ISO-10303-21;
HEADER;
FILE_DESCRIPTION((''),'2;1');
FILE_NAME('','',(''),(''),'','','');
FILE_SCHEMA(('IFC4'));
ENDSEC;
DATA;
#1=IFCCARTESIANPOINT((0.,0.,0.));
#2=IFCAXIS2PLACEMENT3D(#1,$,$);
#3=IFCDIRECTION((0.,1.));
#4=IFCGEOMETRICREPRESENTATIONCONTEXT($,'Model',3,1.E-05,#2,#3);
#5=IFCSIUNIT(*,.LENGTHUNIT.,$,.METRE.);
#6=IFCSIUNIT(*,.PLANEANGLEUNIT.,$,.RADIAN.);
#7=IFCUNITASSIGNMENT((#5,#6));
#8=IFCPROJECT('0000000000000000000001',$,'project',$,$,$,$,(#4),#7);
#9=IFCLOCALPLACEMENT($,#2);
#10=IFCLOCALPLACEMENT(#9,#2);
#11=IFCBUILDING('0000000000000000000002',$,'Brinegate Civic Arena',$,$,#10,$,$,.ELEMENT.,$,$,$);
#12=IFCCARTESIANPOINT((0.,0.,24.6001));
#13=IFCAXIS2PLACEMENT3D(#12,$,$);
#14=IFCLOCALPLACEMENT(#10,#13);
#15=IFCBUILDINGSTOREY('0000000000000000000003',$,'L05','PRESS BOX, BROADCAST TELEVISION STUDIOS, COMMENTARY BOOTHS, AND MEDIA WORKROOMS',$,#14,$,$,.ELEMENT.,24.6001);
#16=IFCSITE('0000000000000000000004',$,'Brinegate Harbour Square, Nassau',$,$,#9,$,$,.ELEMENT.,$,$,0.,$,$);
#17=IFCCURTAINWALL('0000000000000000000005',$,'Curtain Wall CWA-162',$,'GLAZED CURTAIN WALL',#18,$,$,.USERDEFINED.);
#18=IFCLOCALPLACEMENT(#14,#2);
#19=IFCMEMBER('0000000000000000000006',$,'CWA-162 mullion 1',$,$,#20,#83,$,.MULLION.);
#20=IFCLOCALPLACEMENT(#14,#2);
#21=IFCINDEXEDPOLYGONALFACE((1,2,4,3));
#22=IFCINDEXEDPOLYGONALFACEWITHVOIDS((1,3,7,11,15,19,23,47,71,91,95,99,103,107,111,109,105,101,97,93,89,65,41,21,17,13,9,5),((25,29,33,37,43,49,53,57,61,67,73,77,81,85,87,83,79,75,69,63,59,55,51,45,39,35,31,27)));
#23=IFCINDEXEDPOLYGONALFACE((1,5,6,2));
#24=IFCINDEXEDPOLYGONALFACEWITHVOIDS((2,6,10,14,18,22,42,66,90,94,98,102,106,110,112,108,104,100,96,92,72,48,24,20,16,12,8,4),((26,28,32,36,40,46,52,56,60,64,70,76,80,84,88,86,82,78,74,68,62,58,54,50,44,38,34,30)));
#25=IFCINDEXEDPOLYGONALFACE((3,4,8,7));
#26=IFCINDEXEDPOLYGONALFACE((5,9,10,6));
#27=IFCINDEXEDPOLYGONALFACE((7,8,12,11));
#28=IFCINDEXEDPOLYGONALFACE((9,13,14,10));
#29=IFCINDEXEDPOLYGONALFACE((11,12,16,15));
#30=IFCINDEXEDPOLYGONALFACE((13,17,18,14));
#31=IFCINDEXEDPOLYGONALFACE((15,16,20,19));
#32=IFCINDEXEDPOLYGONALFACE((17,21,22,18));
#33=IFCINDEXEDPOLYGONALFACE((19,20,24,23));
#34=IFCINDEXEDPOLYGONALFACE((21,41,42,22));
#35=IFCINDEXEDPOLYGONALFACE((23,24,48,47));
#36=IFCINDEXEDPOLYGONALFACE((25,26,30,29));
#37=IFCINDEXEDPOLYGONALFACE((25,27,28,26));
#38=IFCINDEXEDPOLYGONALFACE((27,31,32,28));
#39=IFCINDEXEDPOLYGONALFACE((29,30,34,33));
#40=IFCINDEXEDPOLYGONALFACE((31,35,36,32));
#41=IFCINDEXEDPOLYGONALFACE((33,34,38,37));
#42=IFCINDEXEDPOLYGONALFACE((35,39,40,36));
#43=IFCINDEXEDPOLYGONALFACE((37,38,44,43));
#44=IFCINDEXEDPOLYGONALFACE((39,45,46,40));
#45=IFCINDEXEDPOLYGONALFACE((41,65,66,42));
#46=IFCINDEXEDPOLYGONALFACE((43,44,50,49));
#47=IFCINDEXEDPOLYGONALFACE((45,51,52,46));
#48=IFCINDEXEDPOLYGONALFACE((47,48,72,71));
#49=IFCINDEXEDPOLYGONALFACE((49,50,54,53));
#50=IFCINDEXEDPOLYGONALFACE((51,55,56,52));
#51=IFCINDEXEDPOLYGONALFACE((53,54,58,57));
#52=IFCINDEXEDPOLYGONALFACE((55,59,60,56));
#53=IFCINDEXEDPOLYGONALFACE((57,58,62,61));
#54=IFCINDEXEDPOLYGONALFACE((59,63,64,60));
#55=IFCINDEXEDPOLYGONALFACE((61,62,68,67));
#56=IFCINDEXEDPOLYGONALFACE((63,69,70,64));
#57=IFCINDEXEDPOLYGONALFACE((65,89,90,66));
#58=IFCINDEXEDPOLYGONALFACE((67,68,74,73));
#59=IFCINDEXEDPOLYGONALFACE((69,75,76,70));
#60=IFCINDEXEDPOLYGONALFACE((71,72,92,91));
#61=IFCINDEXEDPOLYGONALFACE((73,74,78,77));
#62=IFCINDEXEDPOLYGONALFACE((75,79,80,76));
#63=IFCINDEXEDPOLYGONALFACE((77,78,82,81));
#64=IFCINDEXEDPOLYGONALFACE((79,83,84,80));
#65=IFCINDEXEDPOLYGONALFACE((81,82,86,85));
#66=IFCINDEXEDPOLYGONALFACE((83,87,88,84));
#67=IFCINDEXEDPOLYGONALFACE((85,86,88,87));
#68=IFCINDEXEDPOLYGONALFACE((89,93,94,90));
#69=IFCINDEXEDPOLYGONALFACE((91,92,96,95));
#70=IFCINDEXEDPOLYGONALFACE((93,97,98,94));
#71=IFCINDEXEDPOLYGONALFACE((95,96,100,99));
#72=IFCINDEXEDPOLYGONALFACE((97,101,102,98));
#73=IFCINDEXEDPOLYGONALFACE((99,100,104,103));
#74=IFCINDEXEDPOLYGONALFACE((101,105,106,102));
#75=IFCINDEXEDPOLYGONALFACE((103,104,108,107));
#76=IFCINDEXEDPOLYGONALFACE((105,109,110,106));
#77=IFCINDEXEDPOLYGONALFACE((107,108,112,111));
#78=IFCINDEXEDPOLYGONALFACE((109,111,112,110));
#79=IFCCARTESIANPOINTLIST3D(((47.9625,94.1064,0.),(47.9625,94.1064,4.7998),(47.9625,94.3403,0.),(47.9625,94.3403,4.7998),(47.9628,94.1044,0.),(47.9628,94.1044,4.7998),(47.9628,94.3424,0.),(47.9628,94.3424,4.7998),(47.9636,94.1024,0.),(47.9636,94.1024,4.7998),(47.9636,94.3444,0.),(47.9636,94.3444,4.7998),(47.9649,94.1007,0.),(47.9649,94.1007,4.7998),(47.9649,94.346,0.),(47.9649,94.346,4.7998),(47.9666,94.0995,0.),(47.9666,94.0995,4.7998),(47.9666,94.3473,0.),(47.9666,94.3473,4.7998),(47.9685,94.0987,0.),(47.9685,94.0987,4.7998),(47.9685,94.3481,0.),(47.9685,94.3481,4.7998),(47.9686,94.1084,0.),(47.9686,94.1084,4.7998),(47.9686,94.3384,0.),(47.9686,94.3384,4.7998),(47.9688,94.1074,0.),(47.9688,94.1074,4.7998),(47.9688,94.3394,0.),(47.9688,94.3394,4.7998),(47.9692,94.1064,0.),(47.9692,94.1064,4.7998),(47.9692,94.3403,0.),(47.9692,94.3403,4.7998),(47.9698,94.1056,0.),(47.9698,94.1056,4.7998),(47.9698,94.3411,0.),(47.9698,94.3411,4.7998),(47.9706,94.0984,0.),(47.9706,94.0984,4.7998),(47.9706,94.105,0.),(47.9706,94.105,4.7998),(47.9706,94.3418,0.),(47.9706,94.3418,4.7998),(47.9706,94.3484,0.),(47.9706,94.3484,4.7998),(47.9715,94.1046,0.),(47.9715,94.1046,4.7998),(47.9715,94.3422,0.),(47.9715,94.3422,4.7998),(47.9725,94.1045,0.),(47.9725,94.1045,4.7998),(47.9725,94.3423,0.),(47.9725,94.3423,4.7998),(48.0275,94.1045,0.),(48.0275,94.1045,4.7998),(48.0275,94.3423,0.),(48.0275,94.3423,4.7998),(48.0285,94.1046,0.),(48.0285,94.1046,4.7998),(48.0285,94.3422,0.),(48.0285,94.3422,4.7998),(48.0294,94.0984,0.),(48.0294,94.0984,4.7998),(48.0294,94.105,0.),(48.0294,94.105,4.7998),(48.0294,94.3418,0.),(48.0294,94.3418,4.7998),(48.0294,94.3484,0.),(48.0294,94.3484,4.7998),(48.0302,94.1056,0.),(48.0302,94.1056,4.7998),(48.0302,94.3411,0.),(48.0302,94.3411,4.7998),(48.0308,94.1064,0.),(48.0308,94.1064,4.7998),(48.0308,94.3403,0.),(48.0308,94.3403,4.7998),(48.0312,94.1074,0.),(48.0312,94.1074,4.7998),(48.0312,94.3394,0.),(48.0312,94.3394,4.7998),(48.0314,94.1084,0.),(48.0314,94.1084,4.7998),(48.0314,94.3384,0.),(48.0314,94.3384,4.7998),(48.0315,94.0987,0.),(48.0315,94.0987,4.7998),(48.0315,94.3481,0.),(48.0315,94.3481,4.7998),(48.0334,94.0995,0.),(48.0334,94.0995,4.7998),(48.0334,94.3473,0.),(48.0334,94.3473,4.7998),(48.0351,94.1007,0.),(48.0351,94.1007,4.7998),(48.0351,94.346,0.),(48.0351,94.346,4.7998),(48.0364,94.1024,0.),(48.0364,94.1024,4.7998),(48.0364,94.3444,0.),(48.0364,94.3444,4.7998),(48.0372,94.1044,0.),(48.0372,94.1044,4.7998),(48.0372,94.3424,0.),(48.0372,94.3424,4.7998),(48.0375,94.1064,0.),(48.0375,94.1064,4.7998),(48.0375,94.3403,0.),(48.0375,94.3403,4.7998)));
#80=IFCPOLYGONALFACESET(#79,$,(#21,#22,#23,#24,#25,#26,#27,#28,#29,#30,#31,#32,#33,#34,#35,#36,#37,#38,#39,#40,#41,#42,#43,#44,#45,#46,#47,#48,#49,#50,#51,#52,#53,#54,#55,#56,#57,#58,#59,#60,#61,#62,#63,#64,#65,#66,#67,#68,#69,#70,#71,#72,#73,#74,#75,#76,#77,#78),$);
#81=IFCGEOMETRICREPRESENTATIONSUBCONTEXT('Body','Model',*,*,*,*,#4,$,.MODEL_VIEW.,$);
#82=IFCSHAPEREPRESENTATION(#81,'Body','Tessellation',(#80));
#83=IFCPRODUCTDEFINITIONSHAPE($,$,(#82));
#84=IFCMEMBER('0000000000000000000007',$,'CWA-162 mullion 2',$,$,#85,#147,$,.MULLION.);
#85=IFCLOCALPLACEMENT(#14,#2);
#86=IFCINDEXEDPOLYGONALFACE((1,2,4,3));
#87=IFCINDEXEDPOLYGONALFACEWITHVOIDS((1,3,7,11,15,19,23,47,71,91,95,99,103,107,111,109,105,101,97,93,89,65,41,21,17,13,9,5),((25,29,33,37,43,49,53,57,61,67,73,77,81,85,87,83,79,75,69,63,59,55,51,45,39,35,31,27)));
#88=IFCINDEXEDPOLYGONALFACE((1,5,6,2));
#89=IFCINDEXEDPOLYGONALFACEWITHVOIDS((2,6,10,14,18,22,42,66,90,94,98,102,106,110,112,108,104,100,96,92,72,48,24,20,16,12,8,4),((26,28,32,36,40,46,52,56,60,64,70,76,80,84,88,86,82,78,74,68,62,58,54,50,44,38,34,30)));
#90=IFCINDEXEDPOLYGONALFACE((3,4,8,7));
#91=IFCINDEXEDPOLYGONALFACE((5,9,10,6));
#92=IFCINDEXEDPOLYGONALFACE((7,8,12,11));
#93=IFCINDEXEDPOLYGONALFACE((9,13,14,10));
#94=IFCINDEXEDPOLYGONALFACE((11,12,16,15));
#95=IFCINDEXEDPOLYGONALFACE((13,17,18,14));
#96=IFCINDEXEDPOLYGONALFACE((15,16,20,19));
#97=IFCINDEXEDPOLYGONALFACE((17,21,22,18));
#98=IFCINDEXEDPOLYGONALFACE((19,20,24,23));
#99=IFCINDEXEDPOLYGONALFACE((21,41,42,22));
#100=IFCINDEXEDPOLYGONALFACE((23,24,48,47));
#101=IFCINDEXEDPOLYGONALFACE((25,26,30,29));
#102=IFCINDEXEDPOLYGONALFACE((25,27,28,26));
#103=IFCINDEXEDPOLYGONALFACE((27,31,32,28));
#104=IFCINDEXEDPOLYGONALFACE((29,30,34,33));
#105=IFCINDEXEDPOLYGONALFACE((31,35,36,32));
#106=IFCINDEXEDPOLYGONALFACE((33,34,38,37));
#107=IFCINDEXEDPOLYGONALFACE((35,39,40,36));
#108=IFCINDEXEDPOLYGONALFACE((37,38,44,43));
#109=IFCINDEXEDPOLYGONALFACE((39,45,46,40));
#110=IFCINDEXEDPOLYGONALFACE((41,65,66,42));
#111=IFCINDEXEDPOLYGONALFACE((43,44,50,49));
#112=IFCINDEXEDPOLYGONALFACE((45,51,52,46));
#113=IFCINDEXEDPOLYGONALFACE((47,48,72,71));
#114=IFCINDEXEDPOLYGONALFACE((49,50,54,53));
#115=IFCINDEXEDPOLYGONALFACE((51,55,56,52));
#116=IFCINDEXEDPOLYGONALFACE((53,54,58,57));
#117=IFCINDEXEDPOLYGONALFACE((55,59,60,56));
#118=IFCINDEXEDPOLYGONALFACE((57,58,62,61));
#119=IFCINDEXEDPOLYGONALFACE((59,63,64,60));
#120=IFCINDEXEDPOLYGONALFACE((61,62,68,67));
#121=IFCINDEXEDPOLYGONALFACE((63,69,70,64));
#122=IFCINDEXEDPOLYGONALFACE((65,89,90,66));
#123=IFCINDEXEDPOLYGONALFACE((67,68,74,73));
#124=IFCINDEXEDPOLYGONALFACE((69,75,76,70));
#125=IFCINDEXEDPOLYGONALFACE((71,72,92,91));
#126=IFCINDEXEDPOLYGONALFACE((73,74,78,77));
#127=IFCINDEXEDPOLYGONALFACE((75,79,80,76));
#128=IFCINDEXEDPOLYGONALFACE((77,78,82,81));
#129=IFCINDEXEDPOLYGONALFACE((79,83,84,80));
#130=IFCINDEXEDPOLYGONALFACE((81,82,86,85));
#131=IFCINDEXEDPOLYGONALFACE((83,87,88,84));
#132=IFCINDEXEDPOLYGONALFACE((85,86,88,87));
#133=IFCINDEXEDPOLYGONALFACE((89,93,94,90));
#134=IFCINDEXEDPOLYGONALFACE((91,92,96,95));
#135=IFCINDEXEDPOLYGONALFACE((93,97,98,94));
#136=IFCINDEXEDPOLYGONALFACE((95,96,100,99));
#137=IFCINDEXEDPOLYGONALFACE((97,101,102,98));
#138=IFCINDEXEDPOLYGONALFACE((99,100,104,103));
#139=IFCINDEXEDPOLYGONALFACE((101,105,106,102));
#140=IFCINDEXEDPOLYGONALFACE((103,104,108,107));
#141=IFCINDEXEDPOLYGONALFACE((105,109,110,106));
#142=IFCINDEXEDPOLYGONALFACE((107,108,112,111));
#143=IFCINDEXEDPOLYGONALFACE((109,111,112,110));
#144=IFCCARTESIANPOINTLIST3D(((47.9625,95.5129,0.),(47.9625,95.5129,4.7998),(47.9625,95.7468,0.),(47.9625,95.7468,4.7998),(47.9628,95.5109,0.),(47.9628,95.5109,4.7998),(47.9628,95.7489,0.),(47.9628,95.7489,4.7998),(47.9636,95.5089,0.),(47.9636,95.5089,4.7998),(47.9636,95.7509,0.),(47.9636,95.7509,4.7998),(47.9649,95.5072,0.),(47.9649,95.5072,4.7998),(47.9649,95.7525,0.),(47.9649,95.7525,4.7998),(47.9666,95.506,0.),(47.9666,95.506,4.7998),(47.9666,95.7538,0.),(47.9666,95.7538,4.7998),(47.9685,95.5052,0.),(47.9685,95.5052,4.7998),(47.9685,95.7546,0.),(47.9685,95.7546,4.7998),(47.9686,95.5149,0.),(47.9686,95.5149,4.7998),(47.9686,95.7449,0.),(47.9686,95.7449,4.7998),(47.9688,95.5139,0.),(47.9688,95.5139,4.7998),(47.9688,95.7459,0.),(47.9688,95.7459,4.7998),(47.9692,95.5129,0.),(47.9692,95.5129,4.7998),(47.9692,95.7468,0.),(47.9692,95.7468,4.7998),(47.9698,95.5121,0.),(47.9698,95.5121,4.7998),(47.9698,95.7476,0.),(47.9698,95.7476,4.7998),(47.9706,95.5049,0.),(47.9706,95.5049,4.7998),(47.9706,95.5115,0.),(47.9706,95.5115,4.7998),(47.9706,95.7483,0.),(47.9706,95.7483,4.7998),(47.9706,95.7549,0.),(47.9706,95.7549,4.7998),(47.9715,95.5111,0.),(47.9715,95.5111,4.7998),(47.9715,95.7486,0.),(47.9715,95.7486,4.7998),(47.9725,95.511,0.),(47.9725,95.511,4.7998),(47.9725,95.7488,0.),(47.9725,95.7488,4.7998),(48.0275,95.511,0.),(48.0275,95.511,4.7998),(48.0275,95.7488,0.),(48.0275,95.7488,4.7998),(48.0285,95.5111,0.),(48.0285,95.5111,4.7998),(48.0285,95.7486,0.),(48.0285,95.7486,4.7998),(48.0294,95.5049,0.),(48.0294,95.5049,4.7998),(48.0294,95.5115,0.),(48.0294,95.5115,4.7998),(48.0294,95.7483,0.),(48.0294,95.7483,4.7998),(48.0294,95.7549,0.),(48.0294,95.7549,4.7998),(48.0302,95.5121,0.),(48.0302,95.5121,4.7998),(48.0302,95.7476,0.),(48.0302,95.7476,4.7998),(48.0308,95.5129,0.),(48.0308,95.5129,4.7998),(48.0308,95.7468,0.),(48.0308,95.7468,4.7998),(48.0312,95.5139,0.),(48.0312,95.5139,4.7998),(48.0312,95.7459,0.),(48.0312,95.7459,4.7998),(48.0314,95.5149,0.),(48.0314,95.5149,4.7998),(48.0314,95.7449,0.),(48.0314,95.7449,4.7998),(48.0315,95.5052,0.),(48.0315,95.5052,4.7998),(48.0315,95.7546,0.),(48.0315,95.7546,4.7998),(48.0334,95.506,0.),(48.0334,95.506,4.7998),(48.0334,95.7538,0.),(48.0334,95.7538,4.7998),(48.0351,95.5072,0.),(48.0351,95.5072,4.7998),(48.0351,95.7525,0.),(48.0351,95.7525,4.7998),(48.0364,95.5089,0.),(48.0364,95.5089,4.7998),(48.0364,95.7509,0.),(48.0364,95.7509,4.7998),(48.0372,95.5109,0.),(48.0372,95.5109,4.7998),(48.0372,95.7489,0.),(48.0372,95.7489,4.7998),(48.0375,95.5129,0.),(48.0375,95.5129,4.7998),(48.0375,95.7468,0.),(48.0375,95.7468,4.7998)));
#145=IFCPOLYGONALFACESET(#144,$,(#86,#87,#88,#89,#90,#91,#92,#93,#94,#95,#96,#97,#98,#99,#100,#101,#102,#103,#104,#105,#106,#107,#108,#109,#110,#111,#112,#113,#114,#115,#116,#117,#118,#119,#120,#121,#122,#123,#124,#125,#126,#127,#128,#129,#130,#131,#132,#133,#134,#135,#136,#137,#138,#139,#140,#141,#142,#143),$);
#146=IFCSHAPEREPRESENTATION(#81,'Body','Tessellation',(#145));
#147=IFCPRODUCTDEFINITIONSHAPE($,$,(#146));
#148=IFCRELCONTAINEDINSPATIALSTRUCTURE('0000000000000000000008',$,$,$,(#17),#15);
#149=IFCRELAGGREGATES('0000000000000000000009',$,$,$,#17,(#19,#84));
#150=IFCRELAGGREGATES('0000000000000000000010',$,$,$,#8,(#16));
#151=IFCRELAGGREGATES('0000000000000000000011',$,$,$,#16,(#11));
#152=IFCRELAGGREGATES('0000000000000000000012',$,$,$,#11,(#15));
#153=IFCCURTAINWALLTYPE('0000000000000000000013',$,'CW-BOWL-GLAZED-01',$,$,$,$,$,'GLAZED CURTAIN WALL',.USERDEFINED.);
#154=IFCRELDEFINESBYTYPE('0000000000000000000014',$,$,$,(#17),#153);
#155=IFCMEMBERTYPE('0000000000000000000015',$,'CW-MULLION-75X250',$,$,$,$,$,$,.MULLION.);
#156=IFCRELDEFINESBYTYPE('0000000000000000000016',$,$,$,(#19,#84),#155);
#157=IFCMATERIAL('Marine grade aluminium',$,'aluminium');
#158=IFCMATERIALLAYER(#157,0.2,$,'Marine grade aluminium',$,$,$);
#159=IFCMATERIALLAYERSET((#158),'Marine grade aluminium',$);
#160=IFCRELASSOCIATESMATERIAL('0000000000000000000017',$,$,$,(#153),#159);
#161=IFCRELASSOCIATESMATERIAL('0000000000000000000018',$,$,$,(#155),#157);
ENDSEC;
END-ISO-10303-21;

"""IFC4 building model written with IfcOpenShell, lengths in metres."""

from ifc_helpers import new_model, si_unit, direction, frame, origin, origin_2d, place, context, subcontext, project, spatial, hollow_rectangle, extrude, material, layer, layer_set, material_profile, profile_set, type_object, element, aggregate, save


model = new_model("IFC4")

# Units and contexts
model_context = context("Model", 3, precision=1e-05, world=origin(), true_north=direction((0.0, 1.0)))
body_context = subcontext(model_context, "Body", "Model", "MODEL_VIEW")
ifc_project = project(units=[si_unit("LENGTHUNIT", "METRE"), si_unit("PLANEANGLEUNIT", "RADIAN")], contexts=[model_context])

# Site, building, storey
site_placement = place(None, origin())
site = spatial("IfcSite", under=ifc_project, at=site_placement, Name="Brinegate Harbour Square, Nassau", CompositionType="ELEMENT", RefElevation=0.0)
building_placement = place(site_placement, origin())
building = spatial("IfcBuilding", under=site, at=building_placement, Name="Brinegate Civic Arena", CompositionType="ELEMENT")
storey_placement = place(building_placement, frame((0.0, 0.0, 24.6001)))
storey = spatial("IfcBuildingStorey", under=building, at=storey_placement, Name="L05", Description="PRESS BOX, BROADCAST TELEVISION STUDIOS, COMMENTARY BOOTHS, AND MEDIA WORKROOMS", CompositionType="ELEMENT", Elevation=24.6001)

# Curtain wall, members
ifc_material_1 = material(Name="Marine grade aluminium", Category="aluminium")
ifc_layer_1 = layer(ifc_material_1, 0.2, Name="Marine grade aluminium")
ifc_layer_set_1 = layer_set([ifc_layer_1], Name="Marine grade aluminium")
curtain_wall_type = type_object("IfcCurtainWallType", Name="CW-BOWL-GLAZED-01", ElementType="GLAZED CURTAIN WALL", PredefinedType="USERDEFINED", material=ifc_layer_set_1)
curtain_wall_1_placement = place(storey_placement, origin())
curtain_wall_1 = element("IfcCurtainWall", 1, at=curtain_wall_1_placement, inside=storey, type_object=curtain_wall_type, Name="Curtain Wall CWA-162", ObjectType="GLAZED CURTAIN WALL", PredefinedType="USERDEFINED")
ifc_material_profile_1 = material_profile(ifc_material_1, hollow_rectangle(XDim=0.075, YDim=0.25, WallThickness=0.0061, InnerFilletRadius=0.0039, OuterFilletRadius=0.0081, at=origin_2d()), Name="MUL75X250")
ifc_profile_set_1 = profile_set([ifc_material_profile_1], Name="Marine grade aluminium")
member_type_1 = type_object("IfcMemberType", Name="CW-MULLION-75X250", PredefinedType="MULLION", material=ifc_profile_set_1)
member_1_placement = place(storey_placement, frame((48.0, 94.2234, 0.0), z_axis=(0.0, 0.0, 1.0), x_axis=(-1.0, 0.0, 0.0)))
member_1 = element("IfcMember", 2, at=member_1_placement, type_object=member_type_1, Name="CWA-162 mullion 1", PredefinedType="MULLION", context=body_context, shape_type="SweptSolid", body=[
    extrude(hollow_rectangle(XDim=0.075, YDim=0.25, WallThickness=0.0061, InnerFilletRadius=0.0039, OuterFilletRadius=0.0081, at=origin_2d()), origin(), (0.0, 0.0, 1.0), 4.7998),
])
member_2_placement = place(storey_placement, frame((48.0, 95.6299, 0.0), z_axis=(0.0, 0.0, 1.0), x_axis=(-1.0, 0.0, 0.0)))
member_2 = element("IfcMember", 3, at=member_2_placement, type_object=member_type_1, Name="CWA-162 mullion 2", PredefinedType="MULLION", context=body_context, shape_type="SweptSolid", body=[
    extrude(hollow_rectangle(XDim=0.075, YDim=0.25, WallThickness=0.0061, InnerFilletRadius=0.0039, OuterFilletRadius=0.0081, at=origin_2d()), origin(), (0.0, 0.0, 1.0), 4.7998),
])

aggregate(curtain_wall_1, [member_1, member_2])

save(model, "model.ifc")
